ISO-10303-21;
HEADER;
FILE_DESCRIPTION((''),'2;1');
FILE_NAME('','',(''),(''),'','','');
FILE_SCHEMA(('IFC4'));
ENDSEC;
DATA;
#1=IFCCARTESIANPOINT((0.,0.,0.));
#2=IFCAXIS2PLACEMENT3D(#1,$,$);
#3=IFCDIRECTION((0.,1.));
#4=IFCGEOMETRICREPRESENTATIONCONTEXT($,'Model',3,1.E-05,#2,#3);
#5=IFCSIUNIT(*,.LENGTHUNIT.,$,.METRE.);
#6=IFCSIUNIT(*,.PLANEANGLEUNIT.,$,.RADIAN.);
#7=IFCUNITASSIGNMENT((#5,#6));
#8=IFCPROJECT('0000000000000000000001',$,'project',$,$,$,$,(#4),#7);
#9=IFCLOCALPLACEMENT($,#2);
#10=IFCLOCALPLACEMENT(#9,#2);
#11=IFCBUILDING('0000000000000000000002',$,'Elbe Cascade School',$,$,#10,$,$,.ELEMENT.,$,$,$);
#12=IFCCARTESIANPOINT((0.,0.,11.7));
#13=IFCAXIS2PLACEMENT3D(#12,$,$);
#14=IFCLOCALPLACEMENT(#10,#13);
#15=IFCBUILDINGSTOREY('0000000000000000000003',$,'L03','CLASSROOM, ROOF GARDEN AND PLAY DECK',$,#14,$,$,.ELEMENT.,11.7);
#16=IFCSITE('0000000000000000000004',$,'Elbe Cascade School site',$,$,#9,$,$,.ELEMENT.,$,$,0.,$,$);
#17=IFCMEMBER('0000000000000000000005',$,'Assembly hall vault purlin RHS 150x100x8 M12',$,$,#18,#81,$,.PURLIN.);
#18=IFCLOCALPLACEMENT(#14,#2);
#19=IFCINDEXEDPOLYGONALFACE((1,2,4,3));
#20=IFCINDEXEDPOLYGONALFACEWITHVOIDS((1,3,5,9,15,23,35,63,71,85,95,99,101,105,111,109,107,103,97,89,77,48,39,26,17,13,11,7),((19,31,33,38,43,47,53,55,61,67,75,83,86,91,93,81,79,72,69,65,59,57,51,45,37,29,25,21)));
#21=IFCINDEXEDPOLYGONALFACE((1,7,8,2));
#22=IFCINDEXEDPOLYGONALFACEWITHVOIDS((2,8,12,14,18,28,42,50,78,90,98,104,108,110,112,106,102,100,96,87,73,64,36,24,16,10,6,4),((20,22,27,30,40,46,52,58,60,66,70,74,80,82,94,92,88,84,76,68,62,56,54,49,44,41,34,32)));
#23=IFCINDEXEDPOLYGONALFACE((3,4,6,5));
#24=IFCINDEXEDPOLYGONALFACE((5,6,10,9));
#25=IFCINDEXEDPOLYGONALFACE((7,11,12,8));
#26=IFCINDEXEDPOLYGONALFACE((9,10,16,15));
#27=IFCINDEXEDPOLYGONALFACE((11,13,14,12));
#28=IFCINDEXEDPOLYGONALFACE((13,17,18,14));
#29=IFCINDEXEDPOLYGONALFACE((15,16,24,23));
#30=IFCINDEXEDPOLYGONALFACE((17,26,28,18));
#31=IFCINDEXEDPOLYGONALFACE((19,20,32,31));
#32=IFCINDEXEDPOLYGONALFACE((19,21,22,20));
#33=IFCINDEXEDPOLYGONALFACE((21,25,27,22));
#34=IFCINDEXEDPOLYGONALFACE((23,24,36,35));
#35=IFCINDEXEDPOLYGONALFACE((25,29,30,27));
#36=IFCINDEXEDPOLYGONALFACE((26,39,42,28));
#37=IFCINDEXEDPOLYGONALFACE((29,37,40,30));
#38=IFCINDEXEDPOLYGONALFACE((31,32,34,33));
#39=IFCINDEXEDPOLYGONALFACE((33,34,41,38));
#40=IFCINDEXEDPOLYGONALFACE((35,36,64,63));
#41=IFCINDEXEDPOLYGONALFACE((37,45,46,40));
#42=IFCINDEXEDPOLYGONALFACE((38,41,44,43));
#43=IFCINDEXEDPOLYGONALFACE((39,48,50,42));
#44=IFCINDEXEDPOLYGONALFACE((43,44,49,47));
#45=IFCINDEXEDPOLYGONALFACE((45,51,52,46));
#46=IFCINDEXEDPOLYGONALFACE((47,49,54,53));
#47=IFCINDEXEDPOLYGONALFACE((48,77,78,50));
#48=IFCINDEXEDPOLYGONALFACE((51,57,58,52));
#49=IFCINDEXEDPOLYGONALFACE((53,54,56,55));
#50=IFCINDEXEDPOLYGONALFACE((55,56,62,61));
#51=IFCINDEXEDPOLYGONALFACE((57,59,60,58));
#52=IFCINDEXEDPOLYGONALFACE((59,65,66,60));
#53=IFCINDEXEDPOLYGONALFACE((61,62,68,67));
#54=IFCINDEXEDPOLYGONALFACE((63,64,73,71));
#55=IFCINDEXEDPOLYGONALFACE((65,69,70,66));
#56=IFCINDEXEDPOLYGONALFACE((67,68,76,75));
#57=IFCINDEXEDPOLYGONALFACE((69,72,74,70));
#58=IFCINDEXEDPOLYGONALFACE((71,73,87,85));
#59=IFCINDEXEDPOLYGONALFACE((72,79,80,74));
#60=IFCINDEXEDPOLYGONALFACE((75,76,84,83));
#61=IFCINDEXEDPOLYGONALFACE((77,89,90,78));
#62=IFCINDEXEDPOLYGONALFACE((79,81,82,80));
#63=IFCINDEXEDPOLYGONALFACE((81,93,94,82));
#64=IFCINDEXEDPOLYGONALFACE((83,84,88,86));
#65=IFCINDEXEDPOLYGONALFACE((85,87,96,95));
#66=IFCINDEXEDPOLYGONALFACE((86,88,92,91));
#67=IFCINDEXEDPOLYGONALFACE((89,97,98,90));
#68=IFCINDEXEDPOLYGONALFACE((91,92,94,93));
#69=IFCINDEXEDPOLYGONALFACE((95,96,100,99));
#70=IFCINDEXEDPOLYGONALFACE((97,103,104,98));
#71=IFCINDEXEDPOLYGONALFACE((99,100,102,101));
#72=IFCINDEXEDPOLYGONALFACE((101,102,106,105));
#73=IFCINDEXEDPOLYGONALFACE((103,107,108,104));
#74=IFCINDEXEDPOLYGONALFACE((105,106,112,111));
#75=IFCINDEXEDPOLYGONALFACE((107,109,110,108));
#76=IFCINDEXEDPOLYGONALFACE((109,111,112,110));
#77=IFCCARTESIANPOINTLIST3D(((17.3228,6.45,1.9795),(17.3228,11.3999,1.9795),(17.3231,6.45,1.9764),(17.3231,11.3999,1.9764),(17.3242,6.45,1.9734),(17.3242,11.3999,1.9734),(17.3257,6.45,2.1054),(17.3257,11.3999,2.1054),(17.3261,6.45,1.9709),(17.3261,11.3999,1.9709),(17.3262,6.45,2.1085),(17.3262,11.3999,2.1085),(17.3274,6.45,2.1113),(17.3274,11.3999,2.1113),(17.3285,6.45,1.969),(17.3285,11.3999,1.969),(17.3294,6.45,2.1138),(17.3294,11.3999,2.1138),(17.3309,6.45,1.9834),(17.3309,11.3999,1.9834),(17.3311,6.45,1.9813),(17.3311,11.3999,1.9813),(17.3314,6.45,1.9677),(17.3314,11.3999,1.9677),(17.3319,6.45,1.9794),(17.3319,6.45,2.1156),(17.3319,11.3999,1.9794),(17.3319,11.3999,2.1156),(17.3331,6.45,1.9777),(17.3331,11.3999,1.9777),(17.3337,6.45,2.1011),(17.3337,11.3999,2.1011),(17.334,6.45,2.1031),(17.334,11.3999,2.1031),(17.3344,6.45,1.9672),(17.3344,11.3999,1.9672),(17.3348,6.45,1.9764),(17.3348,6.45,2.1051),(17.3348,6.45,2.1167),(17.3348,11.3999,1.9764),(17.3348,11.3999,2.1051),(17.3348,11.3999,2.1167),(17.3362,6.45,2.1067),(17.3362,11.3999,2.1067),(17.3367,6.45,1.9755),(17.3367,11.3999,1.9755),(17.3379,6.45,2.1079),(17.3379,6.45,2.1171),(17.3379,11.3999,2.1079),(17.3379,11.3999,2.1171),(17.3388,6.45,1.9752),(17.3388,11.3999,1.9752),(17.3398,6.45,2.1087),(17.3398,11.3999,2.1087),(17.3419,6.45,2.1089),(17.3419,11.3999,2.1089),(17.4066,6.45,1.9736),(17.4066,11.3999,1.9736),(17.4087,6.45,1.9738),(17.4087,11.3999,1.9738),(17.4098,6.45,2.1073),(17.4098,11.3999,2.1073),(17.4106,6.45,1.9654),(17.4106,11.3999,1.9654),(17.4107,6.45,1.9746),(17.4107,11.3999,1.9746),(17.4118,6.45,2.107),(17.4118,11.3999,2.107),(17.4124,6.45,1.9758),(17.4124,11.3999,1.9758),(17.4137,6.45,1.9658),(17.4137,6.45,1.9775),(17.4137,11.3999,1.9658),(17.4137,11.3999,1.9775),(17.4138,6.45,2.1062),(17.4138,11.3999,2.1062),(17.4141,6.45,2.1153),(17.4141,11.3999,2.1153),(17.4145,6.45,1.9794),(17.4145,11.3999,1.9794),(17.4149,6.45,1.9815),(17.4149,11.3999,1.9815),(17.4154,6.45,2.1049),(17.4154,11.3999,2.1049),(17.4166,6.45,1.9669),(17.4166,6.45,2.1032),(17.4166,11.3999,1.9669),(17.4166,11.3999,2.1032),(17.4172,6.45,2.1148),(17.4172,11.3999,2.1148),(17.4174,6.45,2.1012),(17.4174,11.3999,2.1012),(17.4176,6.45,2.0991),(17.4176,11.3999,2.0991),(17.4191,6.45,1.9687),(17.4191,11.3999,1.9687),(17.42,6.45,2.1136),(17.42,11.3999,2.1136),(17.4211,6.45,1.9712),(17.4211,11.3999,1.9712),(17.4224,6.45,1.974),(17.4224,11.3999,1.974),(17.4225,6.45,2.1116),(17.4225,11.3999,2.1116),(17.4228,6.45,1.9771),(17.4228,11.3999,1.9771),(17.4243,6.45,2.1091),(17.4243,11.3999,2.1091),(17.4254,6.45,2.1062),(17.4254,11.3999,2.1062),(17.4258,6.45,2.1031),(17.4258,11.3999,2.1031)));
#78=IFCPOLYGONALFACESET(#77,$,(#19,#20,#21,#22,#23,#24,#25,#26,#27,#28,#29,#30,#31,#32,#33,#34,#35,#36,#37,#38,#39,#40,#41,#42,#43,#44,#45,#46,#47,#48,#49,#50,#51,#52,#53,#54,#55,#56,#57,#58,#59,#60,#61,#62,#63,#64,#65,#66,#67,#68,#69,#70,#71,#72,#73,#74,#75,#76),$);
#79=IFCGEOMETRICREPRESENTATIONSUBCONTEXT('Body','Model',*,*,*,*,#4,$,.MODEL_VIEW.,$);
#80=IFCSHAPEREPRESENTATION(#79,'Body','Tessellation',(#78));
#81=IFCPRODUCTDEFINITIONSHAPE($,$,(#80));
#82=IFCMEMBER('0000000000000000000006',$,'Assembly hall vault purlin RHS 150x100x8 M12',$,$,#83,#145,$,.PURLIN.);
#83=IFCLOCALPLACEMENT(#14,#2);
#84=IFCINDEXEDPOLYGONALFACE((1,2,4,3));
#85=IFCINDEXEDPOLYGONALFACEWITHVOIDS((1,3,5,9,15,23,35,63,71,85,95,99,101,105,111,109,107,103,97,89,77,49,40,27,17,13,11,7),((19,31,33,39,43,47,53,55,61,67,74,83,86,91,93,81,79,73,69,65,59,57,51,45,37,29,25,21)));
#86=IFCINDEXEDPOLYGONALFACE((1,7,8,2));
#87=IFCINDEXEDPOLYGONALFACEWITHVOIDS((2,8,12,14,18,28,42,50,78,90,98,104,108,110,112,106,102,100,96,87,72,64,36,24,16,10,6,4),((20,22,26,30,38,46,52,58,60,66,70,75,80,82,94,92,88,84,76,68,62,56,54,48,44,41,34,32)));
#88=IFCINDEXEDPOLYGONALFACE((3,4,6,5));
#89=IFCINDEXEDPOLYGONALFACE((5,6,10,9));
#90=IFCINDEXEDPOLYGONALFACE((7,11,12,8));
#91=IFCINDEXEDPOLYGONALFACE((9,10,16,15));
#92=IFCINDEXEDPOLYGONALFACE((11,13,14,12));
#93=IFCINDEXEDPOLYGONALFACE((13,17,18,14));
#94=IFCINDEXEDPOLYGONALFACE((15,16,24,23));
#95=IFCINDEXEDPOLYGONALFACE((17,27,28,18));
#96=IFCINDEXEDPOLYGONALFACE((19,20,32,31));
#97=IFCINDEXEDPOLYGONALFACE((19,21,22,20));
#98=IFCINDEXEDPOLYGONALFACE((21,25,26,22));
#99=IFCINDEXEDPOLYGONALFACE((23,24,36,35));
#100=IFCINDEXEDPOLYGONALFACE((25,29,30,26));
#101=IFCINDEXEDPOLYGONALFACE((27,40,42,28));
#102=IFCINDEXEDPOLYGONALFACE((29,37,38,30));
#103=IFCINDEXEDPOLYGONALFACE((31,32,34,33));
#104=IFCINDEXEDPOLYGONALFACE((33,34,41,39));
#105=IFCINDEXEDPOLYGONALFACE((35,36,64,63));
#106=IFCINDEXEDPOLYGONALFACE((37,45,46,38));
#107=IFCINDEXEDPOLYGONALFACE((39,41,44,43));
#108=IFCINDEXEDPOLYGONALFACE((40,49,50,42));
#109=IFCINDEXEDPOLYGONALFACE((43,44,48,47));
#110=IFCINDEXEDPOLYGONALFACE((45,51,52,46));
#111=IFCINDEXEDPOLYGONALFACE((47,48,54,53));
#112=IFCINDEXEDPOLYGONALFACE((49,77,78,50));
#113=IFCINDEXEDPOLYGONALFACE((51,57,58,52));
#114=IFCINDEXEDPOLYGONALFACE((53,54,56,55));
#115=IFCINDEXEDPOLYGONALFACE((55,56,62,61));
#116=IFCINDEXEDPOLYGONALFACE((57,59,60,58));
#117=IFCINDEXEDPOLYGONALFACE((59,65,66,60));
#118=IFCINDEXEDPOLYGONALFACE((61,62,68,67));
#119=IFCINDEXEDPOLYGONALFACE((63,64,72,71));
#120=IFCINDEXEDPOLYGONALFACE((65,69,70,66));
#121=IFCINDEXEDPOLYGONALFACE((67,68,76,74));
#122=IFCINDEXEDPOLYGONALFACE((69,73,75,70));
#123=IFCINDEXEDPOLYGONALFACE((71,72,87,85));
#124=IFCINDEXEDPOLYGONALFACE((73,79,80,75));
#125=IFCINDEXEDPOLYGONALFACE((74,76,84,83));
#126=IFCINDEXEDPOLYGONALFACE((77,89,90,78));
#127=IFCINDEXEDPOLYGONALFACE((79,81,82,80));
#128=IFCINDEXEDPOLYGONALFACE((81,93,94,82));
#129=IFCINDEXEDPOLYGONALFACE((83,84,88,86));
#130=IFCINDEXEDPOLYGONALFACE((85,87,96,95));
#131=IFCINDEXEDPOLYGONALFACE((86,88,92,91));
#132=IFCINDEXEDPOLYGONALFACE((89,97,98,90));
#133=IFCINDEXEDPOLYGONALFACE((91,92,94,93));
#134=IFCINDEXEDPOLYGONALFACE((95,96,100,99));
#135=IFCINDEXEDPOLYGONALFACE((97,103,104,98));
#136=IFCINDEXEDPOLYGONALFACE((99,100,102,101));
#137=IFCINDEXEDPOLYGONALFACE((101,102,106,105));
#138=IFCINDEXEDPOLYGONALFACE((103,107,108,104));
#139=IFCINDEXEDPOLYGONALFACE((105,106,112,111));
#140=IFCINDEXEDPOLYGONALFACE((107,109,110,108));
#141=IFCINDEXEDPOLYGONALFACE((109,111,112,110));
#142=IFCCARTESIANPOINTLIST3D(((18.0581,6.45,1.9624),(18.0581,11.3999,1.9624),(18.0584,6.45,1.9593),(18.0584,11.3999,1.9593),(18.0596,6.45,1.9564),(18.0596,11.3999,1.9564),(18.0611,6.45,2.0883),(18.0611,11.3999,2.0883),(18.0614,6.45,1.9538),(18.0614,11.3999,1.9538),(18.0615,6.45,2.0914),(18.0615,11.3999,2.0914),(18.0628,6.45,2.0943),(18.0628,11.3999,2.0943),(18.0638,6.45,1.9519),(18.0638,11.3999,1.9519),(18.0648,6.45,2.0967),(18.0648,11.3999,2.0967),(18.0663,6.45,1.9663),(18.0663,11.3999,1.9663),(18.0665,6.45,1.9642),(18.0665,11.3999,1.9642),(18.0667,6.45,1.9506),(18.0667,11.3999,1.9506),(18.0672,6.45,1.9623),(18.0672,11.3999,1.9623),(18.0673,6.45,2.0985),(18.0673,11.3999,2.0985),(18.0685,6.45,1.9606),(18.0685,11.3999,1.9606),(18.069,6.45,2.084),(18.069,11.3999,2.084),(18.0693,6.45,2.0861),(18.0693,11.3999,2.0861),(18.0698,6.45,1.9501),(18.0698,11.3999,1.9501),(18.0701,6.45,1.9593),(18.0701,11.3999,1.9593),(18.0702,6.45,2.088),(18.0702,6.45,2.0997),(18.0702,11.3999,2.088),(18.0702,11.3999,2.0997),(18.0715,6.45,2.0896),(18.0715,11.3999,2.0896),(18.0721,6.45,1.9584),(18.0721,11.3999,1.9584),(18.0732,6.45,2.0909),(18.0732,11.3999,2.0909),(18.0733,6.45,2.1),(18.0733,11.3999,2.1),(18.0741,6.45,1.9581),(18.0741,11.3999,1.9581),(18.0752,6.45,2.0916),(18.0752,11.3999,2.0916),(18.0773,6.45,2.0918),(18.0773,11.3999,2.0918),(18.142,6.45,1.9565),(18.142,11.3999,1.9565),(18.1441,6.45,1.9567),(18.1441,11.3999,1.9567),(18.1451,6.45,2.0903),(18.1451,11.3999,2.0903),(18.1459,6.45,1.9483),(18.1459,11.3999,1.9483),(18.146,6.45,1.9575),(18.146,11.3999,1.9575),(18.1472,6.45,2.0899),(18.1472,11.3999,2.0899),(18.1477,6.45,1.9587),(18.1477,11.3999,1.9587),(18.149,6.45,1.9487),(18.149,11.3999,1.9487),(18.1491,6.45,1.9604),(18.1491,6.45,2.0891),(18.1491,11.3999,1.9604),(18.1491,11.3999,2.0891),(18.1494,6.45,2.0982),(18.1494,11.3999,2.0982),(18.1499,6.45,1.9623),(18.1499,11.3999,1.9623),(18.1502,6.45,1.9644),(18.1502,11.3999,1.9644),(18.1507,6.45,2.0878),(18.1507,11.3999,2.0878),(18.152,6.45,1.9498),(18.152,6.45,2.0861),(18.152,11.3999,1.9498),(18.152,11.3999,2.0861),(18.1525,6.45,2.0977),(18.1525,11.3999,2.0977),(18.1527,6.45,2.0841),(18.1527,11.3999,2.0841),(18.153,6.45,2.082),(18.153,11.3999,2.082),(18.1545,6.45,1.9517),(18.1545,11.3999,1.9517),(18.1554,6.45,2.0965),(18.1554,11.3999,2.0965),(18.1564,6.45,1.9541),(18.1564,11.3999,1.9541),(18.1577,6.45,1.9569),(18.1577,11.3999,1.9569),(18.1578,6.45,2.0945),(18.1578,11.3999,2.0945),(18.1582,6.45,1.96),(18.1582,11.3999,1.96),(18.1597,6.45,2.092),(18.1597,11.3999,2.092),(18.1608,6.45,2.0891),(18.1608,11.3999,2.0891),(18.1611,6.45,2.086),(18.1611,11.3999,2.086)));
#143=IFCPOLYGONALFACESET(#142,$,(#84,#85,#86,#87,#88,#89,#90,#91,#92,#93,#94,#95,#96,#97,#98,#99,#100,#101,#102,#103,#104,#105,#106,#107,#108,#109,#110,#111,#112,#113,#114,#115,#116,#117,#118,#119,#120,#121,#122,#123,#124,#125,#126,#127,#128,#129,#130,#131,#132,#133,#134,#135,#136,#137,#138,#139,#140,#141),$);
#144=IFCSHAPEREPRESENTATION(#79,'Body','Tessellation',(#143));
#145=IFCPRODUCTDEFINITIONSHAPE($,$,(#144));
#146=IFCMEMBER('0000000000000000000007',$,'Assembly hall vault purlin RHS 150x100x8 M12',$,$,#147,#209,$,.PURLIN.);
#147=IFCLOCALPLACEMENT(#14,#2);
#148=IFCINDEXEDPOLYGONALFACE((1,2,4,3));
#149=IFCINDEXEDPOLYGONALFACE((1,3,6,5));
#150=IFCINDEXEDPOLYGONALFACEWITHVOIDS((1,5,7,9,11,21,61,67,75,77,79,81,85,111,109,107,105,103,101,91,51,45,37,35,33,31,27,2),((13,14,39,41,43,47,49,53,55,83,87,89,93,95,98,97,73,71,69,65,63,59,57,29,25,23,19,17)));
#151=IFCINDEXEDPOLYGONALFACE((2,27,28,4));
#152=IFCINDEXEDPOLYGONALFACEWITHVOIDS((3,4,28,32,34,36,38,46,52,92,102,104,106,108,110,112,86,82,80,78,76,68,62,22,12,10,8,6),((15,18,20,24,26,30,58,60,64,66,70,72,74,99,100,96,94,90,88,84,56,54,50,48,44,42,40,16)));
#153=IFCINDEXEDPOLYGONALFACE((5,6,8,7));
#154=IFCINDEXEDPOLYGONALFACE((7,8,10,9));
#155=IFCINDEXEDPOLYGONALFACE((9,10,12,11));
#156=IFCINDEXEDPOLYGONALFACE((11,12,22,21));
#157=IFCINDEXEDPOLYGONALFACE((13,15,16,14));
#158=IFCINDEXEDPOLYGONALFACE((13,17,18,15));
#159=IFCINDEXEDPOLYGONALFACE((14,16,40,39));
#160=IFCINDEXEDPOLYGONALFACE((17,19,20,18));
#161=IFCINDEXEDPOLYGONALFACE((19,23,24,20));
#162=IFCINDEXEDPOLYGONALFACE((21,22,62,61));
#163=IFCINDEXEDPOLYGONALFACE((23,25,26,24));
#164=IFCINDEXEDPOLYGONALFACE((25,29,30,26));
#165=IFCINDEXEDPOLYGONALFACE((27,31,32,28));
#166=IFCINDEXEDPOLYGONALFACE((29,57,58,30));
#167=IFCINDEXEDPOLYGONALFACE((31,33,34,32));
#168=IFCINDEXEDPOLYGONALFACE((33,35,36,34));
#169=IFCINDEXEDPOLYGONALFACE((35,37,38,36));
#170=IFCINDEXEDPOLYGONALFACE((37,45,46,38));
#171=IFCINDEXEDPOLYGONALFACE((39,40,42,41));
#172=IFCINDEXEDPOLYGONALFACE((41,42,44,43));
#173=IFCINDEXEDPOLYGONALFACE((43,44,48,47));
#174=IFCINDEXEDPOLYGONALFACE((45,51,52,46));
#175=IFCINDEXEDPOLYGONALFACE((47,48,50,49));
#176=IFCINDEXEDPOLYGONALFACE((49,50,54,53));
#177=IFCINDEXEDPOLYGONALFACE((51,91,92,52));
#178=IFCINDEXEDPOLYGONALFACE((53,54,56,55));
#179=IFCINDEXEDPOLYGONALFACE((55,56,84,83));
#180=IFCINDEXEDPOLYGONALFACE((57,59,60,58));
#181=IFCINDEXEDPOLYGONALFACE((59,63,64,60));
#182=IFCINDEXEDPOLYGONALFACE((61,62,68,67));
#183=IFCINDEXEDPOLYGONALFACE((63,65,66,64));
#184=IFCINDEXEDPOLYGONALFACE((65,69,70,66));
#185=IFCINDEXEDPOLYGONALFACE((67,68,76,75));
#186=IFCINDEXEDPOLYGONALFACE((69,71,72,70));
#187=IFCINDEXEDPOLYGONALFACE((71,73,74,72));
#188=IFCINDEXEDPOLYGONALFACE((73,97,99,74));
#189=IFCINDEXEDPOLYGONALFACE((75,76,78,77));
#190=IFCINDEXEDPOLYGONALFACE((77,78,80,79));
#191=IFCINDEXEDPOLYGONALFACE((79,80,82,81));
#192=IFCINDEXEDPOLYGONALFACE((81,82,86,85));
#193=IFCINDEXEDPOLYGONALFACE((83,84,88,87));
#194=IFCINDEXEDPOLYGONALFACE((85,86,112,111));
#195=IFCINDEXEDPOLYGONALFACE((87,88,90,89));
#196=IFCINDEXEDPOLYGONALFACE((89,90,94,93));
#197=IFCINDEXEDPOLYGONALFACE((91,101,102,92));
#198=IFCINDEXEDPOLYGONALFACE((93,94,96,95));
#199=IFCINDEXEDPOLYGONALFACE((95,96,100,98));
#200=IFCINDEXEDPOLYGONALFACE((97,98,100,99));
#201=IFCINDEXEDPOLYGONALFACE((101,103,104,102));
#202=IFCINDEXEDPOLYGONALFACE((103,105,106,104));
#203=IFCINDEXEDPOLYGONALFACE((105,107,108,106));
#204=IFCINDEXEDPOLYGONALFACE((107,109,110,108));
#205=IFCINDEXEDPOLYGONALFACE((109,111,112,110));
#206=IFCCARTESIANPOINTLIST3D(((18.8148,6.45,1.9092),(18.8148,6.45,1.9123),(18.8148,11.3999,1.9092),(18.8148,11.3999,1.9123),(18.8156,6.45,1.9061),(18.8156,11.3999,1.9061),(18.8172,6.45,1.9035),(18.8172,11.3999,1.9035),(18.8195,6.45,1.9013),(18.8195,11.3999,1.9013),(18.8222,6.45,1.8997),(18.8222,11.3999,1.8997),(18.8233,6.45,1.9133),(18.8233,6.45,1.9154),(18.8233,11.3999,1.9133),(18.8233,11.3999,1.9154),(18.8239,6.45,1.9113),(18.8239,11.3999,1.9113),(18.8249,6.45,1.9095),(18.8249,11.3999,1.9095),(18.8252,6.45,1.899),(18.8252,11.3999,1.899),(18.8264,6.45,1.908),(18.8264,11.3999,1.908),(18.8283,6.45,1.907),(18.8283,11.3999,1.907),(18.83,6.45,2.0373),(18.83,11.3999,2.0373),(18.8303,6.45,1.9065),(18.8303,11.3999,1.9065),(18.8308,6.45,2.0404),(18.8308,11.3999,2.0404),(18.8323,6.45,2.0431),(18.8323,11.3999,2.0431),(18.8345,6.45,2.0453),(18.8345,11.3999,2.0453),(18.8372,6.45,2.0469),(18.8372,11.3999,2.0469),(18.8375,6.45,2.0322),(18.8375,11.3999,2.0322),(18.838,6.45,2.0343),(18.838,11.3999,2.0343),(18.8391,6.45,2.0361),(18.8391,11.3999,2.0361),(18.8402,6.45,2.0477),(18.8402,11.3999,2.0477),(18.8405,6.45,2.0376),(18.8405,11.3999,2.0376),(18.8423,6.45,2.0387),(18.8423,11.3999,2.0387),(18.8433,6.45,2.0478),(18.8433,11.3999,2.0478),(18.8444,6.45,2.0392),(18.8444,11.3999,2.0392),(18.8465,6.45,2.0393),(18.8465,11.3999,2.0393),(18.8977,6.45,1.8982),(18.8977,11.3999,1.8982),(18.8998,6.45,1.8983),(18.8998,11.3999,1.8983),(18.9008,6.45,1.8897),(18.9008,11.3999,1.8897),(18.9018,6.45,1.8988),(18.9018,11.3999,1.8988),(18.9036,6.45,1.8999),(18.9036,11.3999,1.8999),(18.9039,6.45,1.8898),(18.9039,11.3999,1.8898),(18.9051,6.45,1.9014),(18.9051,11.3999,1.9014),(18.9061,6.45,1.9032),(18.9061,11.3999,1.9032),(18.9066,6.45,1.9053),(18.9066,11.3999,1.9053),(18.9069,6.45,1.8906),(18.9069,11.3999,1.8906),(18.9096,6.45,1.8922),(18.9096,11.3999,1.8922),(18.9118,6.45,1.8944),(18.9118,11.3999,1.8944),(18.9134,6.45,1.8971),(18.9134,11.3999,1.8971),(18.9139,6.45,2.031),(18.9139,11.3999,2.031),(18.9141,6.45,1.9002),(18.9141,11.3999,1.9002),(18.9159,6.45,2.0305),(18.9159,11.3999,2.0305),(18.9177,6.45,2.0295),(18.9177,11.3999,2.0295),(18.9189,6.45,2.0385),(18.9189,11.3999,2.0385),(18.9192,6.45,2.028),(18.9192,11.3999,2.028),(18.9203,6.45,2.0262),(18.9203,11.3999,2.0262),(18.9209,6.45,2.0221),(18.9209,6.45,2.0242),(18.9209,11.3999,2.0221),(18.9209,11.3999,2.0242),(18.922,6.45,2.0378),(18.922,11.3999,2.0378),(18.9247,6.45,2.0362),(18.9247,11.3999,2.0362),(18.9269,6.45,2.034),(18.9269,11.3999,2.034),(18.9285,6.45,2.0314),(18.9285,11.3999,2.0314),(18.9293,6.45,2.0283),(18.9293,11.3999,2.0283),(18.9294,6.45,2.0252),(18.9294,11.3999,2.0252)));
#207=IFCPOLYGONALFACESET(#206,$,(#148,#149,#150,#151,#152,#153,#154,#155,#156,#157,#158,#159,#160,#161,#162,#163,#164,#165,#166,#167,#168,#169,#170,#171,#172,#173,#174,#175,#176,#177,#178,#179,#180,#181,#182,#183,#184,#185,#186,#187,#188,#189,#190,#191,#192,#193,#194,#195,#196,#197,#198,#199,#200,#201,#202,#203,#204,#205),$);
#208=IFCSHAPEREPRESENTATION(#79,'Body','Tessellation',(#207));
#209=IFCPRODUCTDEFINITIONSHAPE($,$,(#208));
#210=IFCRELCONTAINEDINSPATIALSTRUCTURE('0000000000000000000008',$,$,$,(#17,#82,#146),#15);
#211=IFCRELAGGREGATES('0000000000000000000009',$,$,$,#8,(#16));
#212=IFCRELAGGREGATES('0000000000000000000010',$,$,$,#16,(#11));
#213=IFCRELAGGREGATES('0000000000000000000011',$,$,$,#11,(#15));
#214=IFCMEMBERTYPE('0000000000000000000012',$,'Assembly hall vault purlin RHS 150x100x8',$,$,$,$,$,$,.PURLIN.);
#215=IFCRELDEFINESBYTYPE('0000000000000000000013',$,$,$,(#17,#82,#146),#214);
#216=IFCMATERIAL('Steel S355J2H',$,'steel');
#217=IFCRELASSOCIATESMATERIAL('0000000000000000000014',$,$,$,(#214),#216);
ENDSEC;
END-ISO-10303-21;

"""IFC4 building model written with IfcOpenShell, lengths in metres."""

from ifc_helpers import new_model, si_unit, direction, frame, origin, origin_2d, place, context, subcontext, project, spatial, hollow_rectangle, extrude, material, material_profile, profile_set, type_object, element, save


model = new_model("IFC4")

# Units and contexts
model_context = context("Model", 3, precision=1e-05, world=origin(), true_north=direction((0.0, 1.0)))
body_context = subcontext(model_context, "Body", "Model", "MODEL_VIEW")
ifc_project = project(units=[si_unit("LENGTHUNIT", "METRE"), si_unit("PLANEANGLEUNIT", "RADIAN")], contexts=[model_context])

# Site, building, storey
site_placement = place(None, origin())
site = spatial("IfcSite", under=ifc_project, at=site_placement, Name="Elbe Cascade School site", CompositionType="ELEMENT", RefElevation=0.0)
building_placement = place(site_placement, origin())
building = spatial("IfcBuilding", under=site, at=building_placement, Name="Elbe Cascade School", CompositionType="ELEMENT")
storey_placement = place(building_placement, frame((0.0, 0.0, 11.7)))
storey = spatial("IfcBuildingStorey", under=building, at=storey_placement, Name="L03", Description="CLASSROOM, ROOF GARDEN AND PLAY DECK", CompositionType="ELEMENT", Elevation=11.7)

# Members
ifc_material_1 = material(Name="Steel S355J2H", Category="steel")
ifc_material_profile_1 = material_profile(ifc_material_1, hollow_rectangle(XDim=0.1001, YDim=0.1499, WallThickness=0.0081, InnerFilletRadius=0.0081, OuterFilletRadius=0.012, at=origin_2d()), Name="RHS 150x100x8")
ifc_profile_set_1 = profile_set([ifc_material_profile_1], Name="Steel S355J2H")
member_type_1 = type_object("IfcMemberType", Name="Assembly hall vault purlin RHS 150x100x8", PredefinedType="PURLIN", material=ifc_profile_set_1)
for number, where, z_axis, x_axis, name in (
    (1, (17.3743, 6.45, 2.0413), (0.0, 1.0, 0.0), (-0.999727, 0.0, 0.023378), "Assembly hall vault purlin RHS 150x100x8 M12"),
    (2, (18.1096, 6.45, 2.0242), (0.0, 1.0, 0.0), (-0.999727, 0.0, 0.023378), "Assembly hall vault purlin RHS 150x100x8 M12"),
    (3, (18.8721, 6.45, 1.9688), (0.0, 1.0, 0.0), (-0.992653, 0.0, 0.120994), "Assembly hall vault purlin RHS 150x100x8 M12"),
):
    element("IfcMember", number, at=place(storey_placement, frame(where, z_axis=z_axis, x_axis=x_axis)), inside=storey, type_object=member_type_1, Name=name, PredefinedType="PURLIN", context=body_context, shape_type="SweptSolid", body=[
        extrude(hollow_rectangle(XDim=0.1001, YDim=0.1499, WallThickness=0.0081, InnerFilletRadius=0.0081, OuterFilletRadius=0.012, at=origin_2d()), origin(), (0.0, 0.0, 1.0), 4.95),
    ])

save(model, "model.ifc")
